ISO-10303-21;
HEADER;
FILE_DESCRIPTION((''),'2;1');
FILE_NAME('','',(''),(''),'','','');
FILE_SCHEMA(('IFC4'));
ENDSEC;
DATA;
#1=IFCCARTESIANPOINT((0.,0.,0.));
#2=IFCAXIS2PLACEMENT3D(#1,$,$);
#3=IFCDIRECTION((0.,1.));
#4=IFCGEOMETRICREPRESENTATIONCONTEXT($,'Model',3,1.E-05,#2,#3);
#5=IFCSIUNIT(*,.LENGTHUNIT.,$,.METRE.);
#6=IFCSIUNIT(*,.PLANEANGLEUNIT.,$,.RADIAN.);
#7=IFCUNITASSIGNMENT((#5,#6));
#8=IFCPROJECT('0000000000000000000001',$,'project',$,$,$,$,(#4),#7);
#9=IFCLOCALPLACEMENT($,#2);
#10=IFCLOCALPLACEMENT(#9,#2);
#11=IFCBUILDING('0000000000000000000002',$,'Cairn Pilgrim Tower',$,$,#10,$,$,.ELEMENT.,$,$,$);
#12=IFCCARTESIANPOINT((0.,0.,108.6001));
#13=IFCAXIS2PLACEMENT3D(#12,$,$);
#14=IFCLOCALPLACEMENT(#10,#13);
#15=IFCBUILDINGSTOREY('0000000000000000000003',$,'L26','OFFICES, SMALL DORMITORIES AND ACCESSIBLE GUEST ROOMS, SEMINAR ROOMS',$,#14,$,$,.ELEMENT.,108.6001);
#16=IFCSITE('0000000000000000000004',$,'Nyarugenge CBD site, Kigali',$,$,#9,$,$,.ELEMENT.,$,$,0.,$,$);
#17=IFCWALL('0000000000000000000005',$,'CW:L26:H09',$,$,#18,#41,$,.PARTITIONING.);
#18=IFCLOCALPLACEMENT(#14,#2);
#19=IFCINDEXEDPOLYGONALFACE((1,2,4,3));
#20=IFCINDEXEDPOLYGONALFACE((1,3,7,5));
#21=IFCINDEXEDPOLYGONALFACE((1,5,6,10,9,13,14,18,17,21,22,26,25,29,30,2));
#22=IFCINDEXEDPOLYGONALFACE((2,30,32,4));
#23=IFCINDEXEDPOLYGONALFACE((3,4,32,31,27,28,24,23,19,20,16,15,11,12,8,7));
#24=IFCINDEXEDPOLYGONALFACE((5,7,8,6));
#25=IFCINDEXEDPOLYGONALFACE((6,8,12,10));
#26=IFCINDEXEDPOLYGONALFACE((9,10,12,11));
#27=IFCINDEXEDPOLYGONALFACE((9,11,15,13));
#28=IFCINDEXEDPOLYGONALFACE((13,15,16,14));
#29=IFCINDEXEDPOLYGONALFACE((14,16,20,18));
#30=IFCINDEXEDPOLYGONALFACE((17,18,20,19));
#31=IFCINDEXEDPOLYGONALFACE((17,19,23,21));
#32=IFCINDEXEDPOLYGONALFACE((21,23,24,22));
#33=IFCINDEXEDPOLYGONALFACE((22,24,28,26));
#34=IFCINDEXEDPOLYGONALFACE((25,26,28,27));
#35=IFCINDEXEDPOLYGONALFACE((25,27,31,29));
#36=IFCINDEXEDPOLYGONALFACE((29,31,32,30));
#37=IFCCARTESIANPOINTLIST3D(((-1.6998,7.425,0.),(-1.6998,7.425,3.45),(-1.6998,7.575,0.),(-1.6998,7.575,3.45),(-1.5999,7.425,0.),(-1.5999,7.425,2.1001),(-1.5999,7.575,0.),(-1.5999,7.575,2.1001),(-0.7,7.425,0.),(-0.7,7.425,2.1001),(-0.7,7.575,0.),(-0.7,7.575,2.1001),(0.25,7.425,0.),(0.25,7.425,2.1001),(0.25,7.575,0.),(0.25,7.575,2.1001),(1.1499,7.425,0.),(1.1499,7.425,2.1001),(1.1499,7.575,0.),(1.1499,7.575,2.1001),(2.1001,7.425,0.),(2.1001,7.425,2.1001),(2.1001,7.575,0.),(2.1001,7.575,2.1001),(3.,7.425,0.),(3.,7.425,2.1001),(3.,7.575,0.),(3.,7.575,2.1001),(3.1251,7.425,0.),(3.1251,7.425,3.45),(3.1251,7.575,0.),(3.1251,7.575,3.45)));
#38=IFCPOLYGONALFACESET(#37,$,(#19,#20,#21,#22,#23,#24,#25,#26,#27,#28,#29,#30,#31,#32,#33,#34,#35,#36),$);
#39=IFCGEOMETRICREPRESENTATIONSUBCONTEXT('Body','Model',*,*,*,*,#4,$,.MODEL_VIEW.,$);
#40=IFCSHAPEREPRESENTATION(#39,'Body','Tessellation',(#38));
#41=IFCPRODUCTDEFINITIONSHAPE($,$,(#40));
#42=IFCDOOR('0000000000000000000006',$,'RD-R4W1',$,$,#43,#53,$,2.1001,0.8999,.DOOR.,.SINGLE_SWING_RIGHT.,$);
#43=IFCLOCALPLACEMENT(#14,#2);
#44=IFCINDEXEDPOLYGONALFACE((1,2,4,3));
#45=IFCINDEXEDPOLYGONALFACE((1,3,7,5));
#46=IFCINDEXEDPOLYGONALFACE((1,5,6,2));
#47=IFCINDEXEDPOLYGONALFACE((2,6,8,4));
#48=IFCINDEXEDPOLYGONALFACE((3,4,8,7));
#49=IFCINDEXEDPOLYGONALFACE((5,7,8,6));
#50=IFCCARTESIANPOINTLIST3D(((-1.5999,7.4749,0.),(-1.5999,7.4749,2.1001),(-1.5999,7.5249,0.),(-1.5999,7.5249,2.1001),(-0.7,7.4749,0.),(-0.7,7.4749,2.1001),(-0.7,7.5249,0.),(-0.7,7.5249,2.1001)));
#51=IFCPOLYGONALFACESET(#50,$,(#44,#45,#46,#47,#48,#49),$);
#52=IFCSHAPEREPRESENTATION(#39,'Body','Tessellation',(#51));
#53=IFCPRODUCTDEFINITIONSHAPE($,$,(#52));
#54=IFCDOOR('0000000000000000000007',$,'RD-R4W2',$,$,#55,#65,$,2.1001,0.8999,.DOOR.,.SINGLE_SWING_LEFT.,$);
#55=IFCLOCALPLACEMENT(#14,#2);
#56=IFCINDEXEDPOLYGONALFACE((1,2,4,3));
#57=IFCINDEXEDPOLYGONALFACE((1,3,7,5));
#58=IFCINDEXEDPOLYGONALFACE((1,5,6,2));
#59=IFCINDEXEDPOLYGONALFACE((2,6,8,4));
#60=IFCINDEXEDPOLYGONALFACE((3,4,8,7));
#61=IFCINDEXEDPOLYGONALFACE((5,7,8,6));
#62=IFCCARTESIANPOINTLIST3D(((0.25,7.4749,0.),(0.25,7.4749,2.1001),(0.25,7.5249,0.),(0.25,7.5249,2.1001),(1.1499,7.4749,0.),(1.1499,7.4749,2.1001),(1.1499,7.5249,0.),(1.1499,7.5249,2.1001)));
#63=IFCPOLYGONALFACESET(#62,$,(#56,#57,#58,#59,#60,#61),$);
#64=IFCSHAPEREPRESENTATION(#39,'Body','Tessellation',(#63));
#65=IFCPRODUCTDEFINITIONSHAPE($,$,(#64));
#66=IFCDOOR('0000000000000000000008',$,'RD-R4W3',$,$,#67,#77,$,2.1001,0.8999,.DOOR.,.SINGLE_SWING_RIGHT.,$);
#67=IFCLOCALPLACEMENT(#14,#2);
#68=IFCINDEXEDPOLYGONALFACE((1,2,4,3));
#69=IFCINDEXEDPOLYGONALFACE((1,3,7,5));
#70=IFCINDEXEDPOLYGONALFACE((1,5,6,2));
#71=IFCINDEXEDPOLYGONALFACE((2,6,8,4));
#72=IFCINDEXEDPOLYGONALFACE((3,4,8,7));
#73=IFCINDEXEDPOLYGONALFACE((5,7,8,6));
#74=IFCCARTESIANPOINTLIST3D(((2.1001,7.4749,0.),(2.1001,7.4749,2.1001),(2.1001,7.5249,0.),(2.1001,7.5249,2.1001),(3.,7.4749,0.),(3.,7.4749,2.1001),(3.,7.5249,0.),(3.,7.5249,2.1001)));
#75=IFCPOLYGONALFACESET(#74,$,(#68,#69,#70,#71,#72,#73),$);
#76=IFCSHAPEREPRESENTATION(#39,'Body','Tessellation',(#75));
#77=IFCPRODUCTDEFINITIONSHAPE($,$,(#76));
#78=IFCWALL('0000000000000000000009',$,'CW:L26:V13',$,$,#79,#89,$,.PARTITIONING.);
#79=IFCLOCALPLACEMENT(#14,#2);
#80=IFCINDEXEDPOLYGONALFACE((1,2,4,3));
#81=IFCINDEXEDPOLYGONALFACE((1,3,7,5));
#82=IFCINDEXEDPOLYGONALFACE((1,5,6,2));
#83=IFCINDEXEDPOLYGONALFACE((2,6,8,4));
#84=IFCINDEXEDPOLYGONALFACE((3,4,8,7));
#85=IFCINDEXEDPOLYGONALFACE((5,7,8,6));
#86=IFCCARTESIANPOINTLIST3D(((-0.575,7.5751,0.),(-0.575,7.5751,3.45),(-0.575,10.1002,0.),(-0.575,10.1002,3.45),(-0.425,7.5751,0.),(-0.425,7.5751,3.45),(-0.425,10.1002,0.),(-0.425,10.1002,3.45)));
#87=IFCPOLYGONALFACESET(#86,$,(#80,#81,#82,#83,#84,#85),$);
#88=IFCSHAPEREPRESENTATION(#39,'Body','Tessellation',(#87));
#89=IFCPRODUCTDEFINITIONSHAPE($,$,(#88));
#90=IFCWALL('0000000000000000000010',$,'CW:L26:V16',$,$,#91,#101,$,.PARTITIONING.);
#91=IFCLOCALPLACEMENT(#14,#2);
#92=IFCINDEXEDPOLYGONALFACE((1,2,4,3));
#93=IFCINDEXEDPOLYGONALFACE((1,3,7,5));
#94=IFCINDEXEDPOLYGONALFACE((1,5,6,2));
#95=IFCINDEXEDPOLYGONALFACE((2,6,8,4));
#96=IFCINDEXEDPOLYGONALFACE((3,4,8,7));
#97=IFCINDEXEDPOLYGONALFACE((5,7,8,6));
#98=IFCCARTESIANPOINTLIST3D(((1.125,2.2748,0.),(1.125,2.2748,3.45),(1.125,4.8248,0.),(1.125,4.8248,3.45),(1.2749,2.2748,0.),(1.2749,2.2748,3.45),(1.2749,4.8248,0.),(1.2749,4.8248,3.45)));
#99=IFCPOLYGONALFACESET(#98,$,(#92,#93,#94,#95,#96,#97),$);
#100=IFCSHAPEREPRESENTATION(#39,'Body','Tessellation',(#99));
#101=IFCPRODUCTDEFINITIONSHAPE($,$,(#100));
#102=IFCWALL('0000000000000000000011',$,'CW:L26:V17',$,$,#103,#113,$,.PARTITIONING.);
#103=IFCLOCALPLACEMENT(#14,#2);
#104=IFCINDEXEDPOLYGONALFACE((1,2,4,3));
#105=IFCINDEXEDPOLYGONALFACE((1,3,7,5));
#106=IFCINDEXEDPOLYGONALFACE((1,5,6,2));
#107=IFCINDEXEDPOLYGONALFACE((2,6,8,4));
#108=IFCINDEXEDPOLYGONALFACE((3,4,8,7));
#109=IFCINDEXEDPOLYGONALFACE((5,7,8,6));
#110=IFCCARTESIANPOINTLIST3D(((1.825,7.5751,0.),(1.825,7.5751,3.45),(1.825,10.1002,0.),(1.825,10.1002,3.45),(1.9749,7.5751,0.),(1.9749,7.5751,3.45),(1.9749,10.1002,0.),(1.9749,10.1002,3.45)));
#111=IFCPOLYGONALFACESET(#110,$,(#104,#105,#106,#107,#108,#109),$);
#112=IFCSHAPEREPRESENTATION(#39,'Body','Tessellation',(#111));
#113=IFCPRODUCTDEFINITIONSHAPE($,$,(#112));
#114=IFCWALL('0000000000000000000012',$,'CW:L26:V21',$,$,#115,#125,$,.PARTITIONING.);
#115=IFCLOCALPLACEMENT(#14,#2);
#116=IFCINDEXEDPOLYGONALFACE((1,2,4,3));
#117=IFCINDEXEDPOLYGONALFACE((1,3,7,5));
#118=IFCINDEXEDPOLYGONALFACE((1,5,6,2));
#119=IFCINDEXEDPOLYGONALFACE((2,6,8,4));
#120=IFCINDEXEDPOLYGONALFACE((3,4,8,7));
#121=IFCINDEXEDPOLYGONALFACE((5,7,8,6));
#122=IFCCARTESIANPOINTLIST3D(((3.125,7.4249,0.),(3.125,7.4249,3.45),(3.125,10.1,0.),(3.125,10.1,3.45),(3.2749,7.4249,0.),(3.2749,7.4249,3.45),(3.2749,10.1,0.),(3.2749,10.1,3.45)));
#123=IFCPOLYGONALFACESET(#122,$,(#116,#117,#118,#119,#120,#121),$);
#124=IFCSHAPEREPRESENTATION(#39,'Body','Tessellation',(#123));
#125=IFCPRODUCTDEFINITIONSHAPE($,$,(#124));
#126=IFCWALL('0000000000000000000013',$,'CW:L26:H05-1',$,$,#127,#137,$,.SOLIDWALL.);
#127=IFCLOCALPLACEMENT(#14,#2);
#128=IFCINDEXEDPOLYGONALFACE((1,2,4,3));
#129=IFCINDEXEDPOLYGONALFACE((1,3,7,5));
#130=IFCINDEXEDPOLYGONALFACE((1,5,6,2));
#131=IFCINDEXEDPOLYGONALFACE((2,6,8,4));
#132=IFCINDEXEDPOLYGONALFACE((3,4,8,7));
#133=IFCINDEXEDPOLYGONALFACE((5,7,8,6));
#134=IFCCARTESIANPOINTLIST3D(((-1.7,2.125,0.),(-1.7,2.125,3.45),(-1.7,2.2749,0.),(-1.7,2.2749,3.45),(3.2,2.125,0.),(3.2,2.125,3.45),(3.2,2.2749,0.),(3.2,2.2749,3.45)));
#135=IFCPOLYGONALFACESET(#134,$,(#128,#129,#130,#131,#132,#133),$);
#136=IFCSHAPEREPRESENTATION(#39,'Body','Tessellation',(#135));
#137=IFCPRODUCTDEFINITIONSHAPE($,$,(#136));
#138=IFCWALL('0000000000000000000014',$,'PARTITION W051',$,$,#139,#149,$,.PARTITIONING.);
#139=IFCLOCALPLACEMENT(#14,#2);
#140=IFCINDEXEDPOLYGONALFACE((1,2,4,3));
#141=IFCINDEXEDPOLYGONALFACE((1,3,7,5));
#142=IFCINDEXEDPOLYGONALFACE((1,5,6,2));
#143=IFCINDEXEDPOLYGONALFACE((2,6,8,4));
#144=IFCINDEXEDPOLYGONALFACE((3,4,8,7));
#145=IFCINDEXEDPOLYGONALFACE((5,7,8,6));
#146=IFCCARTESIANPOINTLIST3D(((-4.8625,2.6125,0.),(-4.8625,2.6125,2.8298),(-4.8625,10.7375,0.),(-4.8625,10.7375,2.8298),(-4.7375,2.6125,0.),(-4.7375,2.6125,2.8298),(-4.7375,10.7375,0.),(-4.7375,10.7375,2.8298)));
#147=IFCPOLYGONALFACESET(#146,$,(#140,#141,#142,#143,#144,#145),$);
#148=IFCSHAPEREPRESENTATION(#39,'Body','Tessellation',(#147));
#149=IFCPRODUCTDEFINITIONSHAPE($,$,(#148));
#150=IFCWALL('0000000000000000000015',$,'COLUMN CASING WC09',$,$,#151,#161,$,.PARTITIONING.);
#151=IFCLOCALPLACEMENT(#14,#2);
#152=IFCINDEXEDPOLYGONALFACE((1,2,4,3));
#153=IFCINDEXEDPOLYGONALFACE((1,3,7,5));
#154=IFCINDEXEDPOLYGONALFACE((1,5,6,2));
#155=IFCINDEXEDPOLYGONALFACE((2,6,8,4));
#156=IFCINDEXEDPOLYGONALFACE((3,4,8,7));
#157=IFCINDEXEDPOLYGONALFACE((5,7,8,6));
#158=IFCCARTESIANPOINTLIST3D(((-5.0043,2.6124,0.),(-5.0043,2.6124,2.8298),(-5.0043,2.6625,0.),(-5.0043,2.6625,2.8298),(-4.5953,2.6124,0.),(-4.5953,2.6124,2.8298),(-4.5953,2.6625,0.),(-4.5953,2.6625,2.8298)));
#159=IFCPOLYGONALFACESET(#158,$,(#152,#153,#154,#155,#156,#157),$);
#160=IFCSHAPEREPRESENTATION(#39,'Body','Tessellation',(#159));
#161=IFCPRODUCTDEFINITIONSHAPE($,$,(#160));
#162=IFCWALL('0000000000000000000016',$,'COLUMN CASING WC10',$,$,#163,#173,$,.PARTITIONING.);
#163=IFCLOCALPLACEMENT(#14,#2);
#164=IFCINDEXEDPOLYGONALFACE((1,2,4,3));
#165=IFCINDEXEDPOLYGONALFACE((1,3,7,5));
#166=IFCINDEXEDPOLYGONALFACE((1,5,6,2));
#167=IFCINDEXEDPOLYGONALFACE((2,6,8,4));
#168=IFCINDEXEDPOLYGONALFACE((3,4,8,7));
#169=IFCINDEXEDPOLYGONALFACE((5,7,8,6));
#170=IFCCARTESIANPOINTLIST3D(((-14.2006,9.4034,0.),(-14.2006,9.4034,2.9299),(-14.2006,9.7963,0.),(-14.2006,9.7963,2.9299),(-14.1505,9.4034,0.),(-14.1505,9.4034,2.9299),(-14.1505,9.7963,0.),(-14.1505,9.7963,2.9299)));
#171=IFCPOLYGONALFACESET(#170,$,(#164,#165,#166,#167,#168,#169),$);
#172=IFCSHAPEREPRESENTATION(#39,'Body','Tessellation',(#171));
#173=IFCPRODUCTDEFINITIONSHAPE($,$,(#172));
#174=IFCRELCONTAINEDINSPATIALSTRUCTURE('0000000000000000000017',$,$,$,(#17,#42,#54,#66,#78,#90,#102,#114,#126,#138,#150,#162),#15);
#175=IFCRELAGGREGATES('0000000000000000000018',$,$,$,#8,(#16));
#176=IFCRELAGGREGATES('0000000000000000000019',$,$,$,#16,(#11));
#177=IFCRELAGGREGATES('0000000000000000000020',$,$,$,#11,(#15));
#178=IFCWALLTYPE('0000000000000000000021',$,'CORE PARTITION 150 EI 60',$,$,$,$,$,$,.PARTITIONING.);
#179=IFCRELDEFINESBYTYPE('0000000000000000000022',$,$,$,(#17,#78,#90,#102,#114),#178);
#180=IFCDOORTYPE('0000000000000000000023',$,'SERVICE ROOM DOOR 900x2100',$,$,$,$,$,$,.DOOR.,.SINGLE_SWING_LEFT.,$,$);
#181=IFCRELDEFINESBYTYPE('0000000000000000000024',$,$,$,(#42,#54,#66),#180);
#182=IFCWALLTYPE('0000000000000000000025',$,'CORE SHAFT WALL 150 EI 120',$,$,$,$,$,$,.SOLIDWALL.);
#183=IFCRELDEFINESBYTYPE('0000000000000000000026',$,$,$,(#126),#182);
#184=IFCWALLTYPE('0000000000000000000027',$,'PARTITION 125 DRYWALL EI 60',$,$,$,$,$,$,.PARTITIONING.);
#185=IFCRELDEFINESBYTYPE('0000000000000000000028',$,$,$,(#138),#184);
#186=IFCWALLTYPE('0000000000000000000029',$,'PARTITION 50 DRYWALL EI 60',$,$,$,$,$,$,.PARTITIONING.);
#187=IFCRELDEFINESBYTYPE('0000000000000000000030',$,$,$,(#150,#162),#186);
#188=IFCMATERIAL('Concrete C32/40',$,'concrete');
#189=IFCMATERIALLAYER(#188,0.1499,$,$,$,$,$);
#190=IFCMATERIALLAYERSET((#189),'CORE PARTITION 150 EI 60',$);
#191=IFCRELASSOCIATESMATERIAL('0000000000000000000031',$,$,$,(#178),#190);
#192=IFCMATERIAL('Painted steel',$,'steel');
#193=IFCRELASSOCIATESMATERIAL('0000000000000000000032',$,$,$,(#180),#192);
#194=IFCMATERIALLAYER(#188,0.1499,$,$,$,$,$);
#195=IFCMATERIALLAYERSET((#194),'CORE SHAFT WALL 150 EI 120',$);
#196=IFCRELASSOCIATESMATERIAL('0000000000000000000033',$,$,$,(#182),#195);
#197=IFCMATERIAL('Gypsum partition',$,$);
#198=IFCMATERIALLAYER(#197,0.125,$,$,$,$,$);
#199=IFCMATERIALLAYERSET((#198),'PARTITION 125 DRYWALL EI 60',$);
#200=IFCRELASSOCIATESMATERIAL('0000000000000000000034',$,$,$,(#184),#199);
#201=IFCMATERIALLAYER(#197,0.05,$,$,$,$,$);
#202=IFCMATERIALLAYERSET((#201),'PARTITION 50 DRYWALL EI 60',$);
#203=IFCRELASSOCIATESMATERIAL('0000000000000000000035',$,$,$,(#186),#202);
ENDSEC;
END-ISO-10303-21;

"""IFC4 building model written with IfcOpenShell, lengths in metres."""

from ifc_helpers import new_model, si_unit, direction, frame, frame_2d, origin, place, context, subcontext, project, spatial, rectangle, extrude, material, layer, layer_set, type_object, element, fill, save


model = new_model("IFC4")

# Units and contexts
model_context = context("Model", 3, precision=1e-05, world=origin(), true_north=direction((0.0, 1.0)))
body_context = subcontext(model_context, "Body", "Model", "MODEL_VIEW")
ifc_project = project(units=[si_unit("LENGTHUNIT", "METRE"), si_unit("PLANEANGLEUNIT", "RADIAN")], contexts=[model_context])

# Site, building, storey
site_placement = place(None, origin())
site = spatial("IfcSite", under=ifc_project, at=site_placement, Name="Nyarugenge CBD site, Kigali", CompositionType="ELEMENT", RefElevation=0.0)
building_placement = place(site_placement, origin())
building = spatial("IfcBuilding", under=site, at=building_placement, Name="Cairn Pilgrim Tower", CompositionType="ELEMENT")
storey_placement = place(building_placement, frame((0.0, 0.0, 108.6001)))
storey = spatial("IfcBuildingStorey", under=building, at=storey_placement, Name="L26", Description="OFFICES, SMALL DORMITORIES AND ACCESSIBLE GUEST ROOMS, SEMINAR ROOMS", CompositionType="ELEMENT", Elevation=108.6001)

# Shared definitions
ifc_material_1 = material(Name="Concrete C32/40", Category="concrete")

# Wall, openings, doors
ifc_layer_1 = layer(ifc_material_1, 0.1499)
ifc_layer_set_1 = layer_set([ifc_layer_1], Name="CORE PARTITION 150 EI 60")
wall_type_1 = type_object("IfcWallType", Name="CORE PARTITION 150 EI 60", PredefinedType="PARTITIONING", material=ifc_layer_set_1)
ifc_material_2 = material(Name="Painted steel", Category="steel")
door_type_1 = type_object("IfcDoorType", Name="SERVICE ROOM DOOR 900x2100", OperationType="SINGLE_SWING_LEFT", PredefinedType="DOOR", material=ifc_material_2)
wall_1_placement = place(storey_placement, frame((-1.7, 7.5, 0.0), z_axis=(0.0, 0.0, 1.0), x_axis=(1.0, 0.0, 0.0)))
wall_1 = element("IfcWall", 1, at=wall_1_placement, inside=storey, type_object=wall_type_1, Name="CW:L26:H09", PredefinedType="PARTITIONING", context=body_context, shape_type="SweptSolid", body=[
    extrude(rectangle(XDim=4.825, YDim=0.1499, at=frame_2d((2.4126, 0.0))), origin(), (0.0, 0.0, 1.0), 3.45),
])
opening_1_placement = place(wall_1_placement, frame((0.1001, 0.0, 0.0)))
opening_1 = element("IfcOpeningElement", 2, at=opening_1_placement, cuts=wall_1, PredefinedType="OPENING", context=body_context, shape_type="SweptSolid", body=[
    extrude(rectangle(XDim=0.8999, YDim=2.1001, at=frame_2d((0.45, 1.05))), frame((0.0, 0.085, 0.0), z_axis=(0.0, -1.0, 0.0), x_axis=(1.0, 0.0, 0.0)), (0.0, 0.0, 1.0), 0.1699),
])
opening_2_placement = place(wall_1_placement, frame((1.95, 0.0, 0.0)))
opening_2 = element("IfcOpeningElement", 3, at=opening_2_placement, cuts=wall_1, PredefinedType="OPENING", context=body_context, shape_type="SweptSolid", body=[
    extrude(rectangle(XDim=0.8999, YDim=2.1001, at=frame_2d((0.45, 1.05))), frame((0.0, 0.085, 0.0), z_axis=(0.0, -1.0, 0.0), x_axis=(1.0, 0.0, 0.0)), (0.0, 0.0, 1.0), 0.1699),
])
opening_3_placement = place(wall_1_placement, frame((3.8, 0.0, 0.0)))
opening_3 = element("IfcOpeningElement", 4, at=opening_3_placement, cuts=wall_1, PredefinedType="OPENING", context=body_context, shape_type="SweptSolid", body=[
    extrude(rectangle(XDim=0.8999, YDim=2.1001, at=frame_2d((0.45, 1.05))), frame((0.0, 0.085, 0.0), z_axis=(0.0, -1.0, 0.0), x_axis=(1.0, 0.0, 0.0)), (0.0, 0.0, 1.0), 0.1699),
])
door_1_placement = place(opening_1_placement, origin())
door_1 = element("IfcDoor", 5, at=door_1_placement, inside=storey, type_object=door_type_1, Name="RD-R4W1", OperationType="SINGLE_SWING_RIGHT", OverallHeight=2.1001, OverallWidth=0.8999, PredefinedType="DOOR", context=body_context, shape_type="SweptSolid", body=[
    extrude(rectangle(XDim=0.8999, YDim=2.1001, at=frame_2d((0.45, 1.05))), frame((0.0, 0.0249, 0.0), z_axis=(0.0, -1.0, 0.0), x_axis=(1.0, 0.0, 0.0)), (0.0, 0.0, 1.0), 0.05),
])
fill(opening_1, door_1)
door_2_placement = place(opening_2_placement, origin())
door_2 = element("IfcDoor", 6, at=door_2_placement, inside=storey, type_object=door_type_1, Name="RD-R4W2", OperationType="SINGLE_SWING_LEFT", OverallHeight=2.1001, OverallWidth=0.8999, PredefinedType="DOOR", context=body_context, shape_type="SweptSolid", body=[
    extrude(rectangle(XDim=0.8999, YDim=2.1001, at=frame_2d((0.45, 1.05))), frame((0.0, 0.0249, 0.0), z_axis=(0.0, -1.0, 0.0), x_axis=(1.0, 0.0, 0.0)), (0.0, 0.0, 1.0), 0.05),
])
fill(opening_2, door_2)
door_3_placement = place(opening_3_placement, origin())
door_3 = element("IfcDoor", 7, at=door_3_placement, inside=storey, type_object=door_type_1, Name="RD-R4W3", OperationType="SINGLE_SWING_RIGHT", OverallHeight=2.1001, OverallWidth=0.8999, PredefinedType="DOOR", context=body_context, shape_type="SweptSolid", body=[
    extrude(rectangle(XDim=0.8999, YDim=2.1001, at=frame_2d((0.45, 1.05))), frame((0.0, 0.0249, 0.0), z_axis=(0.0, -1.0, 0.0), x_axis=(1.0, 0.0, 0.0)), (0.0, 0.0, 1.0), 0.05),
])
fill(opening_3, door_3)

# Walls
wall_2_placement = place(storey_placement, frame((-0.5, 7.575, 0.0), z_axis=(0.0, 0.0, 1.0), x_axis=(0.0, 1.0, 0.0)))
element("IfcWall", 8, at=wall_2_placement, inside=storey, type_object=wall_type_1, Name="CW:L26:V13", PredefinedType="PARTITIONING", context=body_context, shape_type="SweptSolid", body=[
    extrude(rectangle(XDim=2.5251, YDim=0.1499, at=frame_2d((1.2627, 0.0))), origin(), (0.0, 0.0, 1.0), 3.45),
])
wall_3_placement = place(storey_placement, frame((1.2, 2.2749, 0.0), z_axis=(0.0, 0.0, 1.0), x_axis=(0.0, 1.0, 0.0)))
element("IfcWall", 9, at=wall_3_placement, inside=storey, type_object=wall_type_1, Name="CW:L26:V16", PredefinedType="PARTITIONING", context=body_context, shape_type="SweptSolid", body=[
    extrude(rectangle(XDim=2.55, YDim=0.1499, at=frame_2d((1.2749, 0.0))), origin(), (0.0, 0.0, 1.0), 3.45),
])
wall_4_placement = place(storey_placement, frame((1.8999, 7.575, 0.0), z_axis=(0.0, 0.0, 1.0), x_axis=(0.0, 1.0, 0.0)))
element("IfcWall", 10, at=wall_4_placement, inside=storey, type_object=wall_type_1, Name="CW:L26:V17", PredefinedType="PARTITIONING", context=body_context, shape_type="SweptSolid", body=[
    extrude(rectangle(XDim=2.5251, YDim=0.1499, at=frame_2d((1.2627, 0.0))), origin(), (0.0, 0.0, 1.0), 3.45),
])
wall_5_placement = place(storey_placement, frame((3.2, 7.425, 0.0), z_axis=(0.0, 0.0, 1.0), x_axis=(0.0, 1.0, 0.0)))
element("IfcWall", 11, at=wall_5_placement, inside=storey, type_object=wall_type_1, Name="CW:L26:V21", PredefinedType="PARTITIONING", context=body_context, shape_type="SweptSolid", body=[
    extrude(rectangle(XDim=2.675, YDim=0.1499, at=frame_2d((1.3374, 0.0))), origin(), (0.0, 0.0, 1.0), 3.45),
])
ifc_layer_2 = layer(ifc_material_1, 0.1499)
ifc_layer_set_2 = layer_set([ifc_layer_2], Name="CORE SHAFT WALL 150 EI 120")
wall_type_2 = type_object("IfcWallType", Name="CORE SHAFT WALL 150 EI 120", PredefinedType="SOLIDWALL", material=ifc_layer_set_2)
wall_6_placement = place(storey_placement, frame((-1.7, 2.2, 0.0), z_axis=(0.0, 0.0, 1.0), x_axis=(1.0, 0.0, 0.0)))
element("IfcWall", 12, at=wall_6_placement, inside=storey, type_object=wall_type_2, Name="CW:L26:H05-1", PredefinedType="SOLIDWALL", context=body_context, shape_type="SweptSolid", body=[
    extrude(rectangle(XDim=4.8999, YDim=0.1499, at=frame_2d((2.45, 0.0))), origin(), (0.0, 0.0, 1.0), 3.45),
])
ifc_material_3 = material(Name="Gypsum partition")
ifc_layer_3 = layer(ifc_material_3, 0.125)
ifc_layer_set_3 = layer_set([ifc_layer_3], Name="PARTITION 125 DRYWALL EI 60")
wall_type_3 = type_object("IfcWallType", Name="PARTITION 125 DRYWALL EI 60", PredefinedType="PARTITIONING", material=ifc_layer_set_3)
wall_7_placement = place(storey_placement, frame((-4.8, 2.6125, 0.0), z_axis=(0.0, 0.0, 1.0), x_axis=(0.0, 1.0, 0.0)))
element("IfcWall", 13, at=wall_7_placement, inside=storey, type_object=wall_type_3, Name="PARTITION W051", PredefinedType="PARTITIONING", context=body_context, shape_type="SweptSolid", body=[
    extrude(rectangle(XDim=8.125, YDim=0.125, at=frame_2d((4.0625, 0.0))), origin(), (0.0, 0.0, 1.0), 2.8298),
])
ifc_layer_4 = layer(ifc_material_3, 0.05)
ifc_layer_set_4 = layer_set([ifc_layer_4], Name="PARTITION 50 DRYWALL EI 60")
wall_type_4 = type_object("IfcWallType", Name="PARTITION 50 DRYWALL EI 60", PredefinedType="PARTITIONING", material=ifc_layer_set_4)
wall_8_placement = place(storey_placement, frame((-5.0044, 2.6375, 0.0), z_axis=(0.0, 0.0, 1.0), x_axis=(1.0, 0.0, 0.0)))
element("IfcWall", 14, at=wall_8_placement, inside=storey, type_object=wall_type_4, Name="COLUMN CASING WC09", PredefinedType="PARTITIONING", context=body_context, shape_type="SweptSolid", body=[
    extrude(rectangle(XDim=0.4089, YDim=0.05, at=frame_2d((0.2046, 0.0))), origin(), (0.0, 0.0, 1.0), 2.8298),
])
wall_9_placement = place(storey_placement, frame((-14.1755, 9.4036, 0.0), z_axis=(0.0, 0.0, 1.0), x_axis=(0.0, 1.0, 0.0)))
element("IfcWall", 15, at=wall_9_placement, inside=storey, type_object=wall_type_4, Name="COLUMN CASING WC10", PredefinedType="PARTITIONING", context=body_context, shape_type="SweptSolid", body=[
    extrude(rectangle(XDim=0.3928, YDim=0.05, at=frame_2d((0.1963, 0.0))), origin(), (0.0, 0.0, 1.0), 2.9299),
])

save(model, "model.ifc")
